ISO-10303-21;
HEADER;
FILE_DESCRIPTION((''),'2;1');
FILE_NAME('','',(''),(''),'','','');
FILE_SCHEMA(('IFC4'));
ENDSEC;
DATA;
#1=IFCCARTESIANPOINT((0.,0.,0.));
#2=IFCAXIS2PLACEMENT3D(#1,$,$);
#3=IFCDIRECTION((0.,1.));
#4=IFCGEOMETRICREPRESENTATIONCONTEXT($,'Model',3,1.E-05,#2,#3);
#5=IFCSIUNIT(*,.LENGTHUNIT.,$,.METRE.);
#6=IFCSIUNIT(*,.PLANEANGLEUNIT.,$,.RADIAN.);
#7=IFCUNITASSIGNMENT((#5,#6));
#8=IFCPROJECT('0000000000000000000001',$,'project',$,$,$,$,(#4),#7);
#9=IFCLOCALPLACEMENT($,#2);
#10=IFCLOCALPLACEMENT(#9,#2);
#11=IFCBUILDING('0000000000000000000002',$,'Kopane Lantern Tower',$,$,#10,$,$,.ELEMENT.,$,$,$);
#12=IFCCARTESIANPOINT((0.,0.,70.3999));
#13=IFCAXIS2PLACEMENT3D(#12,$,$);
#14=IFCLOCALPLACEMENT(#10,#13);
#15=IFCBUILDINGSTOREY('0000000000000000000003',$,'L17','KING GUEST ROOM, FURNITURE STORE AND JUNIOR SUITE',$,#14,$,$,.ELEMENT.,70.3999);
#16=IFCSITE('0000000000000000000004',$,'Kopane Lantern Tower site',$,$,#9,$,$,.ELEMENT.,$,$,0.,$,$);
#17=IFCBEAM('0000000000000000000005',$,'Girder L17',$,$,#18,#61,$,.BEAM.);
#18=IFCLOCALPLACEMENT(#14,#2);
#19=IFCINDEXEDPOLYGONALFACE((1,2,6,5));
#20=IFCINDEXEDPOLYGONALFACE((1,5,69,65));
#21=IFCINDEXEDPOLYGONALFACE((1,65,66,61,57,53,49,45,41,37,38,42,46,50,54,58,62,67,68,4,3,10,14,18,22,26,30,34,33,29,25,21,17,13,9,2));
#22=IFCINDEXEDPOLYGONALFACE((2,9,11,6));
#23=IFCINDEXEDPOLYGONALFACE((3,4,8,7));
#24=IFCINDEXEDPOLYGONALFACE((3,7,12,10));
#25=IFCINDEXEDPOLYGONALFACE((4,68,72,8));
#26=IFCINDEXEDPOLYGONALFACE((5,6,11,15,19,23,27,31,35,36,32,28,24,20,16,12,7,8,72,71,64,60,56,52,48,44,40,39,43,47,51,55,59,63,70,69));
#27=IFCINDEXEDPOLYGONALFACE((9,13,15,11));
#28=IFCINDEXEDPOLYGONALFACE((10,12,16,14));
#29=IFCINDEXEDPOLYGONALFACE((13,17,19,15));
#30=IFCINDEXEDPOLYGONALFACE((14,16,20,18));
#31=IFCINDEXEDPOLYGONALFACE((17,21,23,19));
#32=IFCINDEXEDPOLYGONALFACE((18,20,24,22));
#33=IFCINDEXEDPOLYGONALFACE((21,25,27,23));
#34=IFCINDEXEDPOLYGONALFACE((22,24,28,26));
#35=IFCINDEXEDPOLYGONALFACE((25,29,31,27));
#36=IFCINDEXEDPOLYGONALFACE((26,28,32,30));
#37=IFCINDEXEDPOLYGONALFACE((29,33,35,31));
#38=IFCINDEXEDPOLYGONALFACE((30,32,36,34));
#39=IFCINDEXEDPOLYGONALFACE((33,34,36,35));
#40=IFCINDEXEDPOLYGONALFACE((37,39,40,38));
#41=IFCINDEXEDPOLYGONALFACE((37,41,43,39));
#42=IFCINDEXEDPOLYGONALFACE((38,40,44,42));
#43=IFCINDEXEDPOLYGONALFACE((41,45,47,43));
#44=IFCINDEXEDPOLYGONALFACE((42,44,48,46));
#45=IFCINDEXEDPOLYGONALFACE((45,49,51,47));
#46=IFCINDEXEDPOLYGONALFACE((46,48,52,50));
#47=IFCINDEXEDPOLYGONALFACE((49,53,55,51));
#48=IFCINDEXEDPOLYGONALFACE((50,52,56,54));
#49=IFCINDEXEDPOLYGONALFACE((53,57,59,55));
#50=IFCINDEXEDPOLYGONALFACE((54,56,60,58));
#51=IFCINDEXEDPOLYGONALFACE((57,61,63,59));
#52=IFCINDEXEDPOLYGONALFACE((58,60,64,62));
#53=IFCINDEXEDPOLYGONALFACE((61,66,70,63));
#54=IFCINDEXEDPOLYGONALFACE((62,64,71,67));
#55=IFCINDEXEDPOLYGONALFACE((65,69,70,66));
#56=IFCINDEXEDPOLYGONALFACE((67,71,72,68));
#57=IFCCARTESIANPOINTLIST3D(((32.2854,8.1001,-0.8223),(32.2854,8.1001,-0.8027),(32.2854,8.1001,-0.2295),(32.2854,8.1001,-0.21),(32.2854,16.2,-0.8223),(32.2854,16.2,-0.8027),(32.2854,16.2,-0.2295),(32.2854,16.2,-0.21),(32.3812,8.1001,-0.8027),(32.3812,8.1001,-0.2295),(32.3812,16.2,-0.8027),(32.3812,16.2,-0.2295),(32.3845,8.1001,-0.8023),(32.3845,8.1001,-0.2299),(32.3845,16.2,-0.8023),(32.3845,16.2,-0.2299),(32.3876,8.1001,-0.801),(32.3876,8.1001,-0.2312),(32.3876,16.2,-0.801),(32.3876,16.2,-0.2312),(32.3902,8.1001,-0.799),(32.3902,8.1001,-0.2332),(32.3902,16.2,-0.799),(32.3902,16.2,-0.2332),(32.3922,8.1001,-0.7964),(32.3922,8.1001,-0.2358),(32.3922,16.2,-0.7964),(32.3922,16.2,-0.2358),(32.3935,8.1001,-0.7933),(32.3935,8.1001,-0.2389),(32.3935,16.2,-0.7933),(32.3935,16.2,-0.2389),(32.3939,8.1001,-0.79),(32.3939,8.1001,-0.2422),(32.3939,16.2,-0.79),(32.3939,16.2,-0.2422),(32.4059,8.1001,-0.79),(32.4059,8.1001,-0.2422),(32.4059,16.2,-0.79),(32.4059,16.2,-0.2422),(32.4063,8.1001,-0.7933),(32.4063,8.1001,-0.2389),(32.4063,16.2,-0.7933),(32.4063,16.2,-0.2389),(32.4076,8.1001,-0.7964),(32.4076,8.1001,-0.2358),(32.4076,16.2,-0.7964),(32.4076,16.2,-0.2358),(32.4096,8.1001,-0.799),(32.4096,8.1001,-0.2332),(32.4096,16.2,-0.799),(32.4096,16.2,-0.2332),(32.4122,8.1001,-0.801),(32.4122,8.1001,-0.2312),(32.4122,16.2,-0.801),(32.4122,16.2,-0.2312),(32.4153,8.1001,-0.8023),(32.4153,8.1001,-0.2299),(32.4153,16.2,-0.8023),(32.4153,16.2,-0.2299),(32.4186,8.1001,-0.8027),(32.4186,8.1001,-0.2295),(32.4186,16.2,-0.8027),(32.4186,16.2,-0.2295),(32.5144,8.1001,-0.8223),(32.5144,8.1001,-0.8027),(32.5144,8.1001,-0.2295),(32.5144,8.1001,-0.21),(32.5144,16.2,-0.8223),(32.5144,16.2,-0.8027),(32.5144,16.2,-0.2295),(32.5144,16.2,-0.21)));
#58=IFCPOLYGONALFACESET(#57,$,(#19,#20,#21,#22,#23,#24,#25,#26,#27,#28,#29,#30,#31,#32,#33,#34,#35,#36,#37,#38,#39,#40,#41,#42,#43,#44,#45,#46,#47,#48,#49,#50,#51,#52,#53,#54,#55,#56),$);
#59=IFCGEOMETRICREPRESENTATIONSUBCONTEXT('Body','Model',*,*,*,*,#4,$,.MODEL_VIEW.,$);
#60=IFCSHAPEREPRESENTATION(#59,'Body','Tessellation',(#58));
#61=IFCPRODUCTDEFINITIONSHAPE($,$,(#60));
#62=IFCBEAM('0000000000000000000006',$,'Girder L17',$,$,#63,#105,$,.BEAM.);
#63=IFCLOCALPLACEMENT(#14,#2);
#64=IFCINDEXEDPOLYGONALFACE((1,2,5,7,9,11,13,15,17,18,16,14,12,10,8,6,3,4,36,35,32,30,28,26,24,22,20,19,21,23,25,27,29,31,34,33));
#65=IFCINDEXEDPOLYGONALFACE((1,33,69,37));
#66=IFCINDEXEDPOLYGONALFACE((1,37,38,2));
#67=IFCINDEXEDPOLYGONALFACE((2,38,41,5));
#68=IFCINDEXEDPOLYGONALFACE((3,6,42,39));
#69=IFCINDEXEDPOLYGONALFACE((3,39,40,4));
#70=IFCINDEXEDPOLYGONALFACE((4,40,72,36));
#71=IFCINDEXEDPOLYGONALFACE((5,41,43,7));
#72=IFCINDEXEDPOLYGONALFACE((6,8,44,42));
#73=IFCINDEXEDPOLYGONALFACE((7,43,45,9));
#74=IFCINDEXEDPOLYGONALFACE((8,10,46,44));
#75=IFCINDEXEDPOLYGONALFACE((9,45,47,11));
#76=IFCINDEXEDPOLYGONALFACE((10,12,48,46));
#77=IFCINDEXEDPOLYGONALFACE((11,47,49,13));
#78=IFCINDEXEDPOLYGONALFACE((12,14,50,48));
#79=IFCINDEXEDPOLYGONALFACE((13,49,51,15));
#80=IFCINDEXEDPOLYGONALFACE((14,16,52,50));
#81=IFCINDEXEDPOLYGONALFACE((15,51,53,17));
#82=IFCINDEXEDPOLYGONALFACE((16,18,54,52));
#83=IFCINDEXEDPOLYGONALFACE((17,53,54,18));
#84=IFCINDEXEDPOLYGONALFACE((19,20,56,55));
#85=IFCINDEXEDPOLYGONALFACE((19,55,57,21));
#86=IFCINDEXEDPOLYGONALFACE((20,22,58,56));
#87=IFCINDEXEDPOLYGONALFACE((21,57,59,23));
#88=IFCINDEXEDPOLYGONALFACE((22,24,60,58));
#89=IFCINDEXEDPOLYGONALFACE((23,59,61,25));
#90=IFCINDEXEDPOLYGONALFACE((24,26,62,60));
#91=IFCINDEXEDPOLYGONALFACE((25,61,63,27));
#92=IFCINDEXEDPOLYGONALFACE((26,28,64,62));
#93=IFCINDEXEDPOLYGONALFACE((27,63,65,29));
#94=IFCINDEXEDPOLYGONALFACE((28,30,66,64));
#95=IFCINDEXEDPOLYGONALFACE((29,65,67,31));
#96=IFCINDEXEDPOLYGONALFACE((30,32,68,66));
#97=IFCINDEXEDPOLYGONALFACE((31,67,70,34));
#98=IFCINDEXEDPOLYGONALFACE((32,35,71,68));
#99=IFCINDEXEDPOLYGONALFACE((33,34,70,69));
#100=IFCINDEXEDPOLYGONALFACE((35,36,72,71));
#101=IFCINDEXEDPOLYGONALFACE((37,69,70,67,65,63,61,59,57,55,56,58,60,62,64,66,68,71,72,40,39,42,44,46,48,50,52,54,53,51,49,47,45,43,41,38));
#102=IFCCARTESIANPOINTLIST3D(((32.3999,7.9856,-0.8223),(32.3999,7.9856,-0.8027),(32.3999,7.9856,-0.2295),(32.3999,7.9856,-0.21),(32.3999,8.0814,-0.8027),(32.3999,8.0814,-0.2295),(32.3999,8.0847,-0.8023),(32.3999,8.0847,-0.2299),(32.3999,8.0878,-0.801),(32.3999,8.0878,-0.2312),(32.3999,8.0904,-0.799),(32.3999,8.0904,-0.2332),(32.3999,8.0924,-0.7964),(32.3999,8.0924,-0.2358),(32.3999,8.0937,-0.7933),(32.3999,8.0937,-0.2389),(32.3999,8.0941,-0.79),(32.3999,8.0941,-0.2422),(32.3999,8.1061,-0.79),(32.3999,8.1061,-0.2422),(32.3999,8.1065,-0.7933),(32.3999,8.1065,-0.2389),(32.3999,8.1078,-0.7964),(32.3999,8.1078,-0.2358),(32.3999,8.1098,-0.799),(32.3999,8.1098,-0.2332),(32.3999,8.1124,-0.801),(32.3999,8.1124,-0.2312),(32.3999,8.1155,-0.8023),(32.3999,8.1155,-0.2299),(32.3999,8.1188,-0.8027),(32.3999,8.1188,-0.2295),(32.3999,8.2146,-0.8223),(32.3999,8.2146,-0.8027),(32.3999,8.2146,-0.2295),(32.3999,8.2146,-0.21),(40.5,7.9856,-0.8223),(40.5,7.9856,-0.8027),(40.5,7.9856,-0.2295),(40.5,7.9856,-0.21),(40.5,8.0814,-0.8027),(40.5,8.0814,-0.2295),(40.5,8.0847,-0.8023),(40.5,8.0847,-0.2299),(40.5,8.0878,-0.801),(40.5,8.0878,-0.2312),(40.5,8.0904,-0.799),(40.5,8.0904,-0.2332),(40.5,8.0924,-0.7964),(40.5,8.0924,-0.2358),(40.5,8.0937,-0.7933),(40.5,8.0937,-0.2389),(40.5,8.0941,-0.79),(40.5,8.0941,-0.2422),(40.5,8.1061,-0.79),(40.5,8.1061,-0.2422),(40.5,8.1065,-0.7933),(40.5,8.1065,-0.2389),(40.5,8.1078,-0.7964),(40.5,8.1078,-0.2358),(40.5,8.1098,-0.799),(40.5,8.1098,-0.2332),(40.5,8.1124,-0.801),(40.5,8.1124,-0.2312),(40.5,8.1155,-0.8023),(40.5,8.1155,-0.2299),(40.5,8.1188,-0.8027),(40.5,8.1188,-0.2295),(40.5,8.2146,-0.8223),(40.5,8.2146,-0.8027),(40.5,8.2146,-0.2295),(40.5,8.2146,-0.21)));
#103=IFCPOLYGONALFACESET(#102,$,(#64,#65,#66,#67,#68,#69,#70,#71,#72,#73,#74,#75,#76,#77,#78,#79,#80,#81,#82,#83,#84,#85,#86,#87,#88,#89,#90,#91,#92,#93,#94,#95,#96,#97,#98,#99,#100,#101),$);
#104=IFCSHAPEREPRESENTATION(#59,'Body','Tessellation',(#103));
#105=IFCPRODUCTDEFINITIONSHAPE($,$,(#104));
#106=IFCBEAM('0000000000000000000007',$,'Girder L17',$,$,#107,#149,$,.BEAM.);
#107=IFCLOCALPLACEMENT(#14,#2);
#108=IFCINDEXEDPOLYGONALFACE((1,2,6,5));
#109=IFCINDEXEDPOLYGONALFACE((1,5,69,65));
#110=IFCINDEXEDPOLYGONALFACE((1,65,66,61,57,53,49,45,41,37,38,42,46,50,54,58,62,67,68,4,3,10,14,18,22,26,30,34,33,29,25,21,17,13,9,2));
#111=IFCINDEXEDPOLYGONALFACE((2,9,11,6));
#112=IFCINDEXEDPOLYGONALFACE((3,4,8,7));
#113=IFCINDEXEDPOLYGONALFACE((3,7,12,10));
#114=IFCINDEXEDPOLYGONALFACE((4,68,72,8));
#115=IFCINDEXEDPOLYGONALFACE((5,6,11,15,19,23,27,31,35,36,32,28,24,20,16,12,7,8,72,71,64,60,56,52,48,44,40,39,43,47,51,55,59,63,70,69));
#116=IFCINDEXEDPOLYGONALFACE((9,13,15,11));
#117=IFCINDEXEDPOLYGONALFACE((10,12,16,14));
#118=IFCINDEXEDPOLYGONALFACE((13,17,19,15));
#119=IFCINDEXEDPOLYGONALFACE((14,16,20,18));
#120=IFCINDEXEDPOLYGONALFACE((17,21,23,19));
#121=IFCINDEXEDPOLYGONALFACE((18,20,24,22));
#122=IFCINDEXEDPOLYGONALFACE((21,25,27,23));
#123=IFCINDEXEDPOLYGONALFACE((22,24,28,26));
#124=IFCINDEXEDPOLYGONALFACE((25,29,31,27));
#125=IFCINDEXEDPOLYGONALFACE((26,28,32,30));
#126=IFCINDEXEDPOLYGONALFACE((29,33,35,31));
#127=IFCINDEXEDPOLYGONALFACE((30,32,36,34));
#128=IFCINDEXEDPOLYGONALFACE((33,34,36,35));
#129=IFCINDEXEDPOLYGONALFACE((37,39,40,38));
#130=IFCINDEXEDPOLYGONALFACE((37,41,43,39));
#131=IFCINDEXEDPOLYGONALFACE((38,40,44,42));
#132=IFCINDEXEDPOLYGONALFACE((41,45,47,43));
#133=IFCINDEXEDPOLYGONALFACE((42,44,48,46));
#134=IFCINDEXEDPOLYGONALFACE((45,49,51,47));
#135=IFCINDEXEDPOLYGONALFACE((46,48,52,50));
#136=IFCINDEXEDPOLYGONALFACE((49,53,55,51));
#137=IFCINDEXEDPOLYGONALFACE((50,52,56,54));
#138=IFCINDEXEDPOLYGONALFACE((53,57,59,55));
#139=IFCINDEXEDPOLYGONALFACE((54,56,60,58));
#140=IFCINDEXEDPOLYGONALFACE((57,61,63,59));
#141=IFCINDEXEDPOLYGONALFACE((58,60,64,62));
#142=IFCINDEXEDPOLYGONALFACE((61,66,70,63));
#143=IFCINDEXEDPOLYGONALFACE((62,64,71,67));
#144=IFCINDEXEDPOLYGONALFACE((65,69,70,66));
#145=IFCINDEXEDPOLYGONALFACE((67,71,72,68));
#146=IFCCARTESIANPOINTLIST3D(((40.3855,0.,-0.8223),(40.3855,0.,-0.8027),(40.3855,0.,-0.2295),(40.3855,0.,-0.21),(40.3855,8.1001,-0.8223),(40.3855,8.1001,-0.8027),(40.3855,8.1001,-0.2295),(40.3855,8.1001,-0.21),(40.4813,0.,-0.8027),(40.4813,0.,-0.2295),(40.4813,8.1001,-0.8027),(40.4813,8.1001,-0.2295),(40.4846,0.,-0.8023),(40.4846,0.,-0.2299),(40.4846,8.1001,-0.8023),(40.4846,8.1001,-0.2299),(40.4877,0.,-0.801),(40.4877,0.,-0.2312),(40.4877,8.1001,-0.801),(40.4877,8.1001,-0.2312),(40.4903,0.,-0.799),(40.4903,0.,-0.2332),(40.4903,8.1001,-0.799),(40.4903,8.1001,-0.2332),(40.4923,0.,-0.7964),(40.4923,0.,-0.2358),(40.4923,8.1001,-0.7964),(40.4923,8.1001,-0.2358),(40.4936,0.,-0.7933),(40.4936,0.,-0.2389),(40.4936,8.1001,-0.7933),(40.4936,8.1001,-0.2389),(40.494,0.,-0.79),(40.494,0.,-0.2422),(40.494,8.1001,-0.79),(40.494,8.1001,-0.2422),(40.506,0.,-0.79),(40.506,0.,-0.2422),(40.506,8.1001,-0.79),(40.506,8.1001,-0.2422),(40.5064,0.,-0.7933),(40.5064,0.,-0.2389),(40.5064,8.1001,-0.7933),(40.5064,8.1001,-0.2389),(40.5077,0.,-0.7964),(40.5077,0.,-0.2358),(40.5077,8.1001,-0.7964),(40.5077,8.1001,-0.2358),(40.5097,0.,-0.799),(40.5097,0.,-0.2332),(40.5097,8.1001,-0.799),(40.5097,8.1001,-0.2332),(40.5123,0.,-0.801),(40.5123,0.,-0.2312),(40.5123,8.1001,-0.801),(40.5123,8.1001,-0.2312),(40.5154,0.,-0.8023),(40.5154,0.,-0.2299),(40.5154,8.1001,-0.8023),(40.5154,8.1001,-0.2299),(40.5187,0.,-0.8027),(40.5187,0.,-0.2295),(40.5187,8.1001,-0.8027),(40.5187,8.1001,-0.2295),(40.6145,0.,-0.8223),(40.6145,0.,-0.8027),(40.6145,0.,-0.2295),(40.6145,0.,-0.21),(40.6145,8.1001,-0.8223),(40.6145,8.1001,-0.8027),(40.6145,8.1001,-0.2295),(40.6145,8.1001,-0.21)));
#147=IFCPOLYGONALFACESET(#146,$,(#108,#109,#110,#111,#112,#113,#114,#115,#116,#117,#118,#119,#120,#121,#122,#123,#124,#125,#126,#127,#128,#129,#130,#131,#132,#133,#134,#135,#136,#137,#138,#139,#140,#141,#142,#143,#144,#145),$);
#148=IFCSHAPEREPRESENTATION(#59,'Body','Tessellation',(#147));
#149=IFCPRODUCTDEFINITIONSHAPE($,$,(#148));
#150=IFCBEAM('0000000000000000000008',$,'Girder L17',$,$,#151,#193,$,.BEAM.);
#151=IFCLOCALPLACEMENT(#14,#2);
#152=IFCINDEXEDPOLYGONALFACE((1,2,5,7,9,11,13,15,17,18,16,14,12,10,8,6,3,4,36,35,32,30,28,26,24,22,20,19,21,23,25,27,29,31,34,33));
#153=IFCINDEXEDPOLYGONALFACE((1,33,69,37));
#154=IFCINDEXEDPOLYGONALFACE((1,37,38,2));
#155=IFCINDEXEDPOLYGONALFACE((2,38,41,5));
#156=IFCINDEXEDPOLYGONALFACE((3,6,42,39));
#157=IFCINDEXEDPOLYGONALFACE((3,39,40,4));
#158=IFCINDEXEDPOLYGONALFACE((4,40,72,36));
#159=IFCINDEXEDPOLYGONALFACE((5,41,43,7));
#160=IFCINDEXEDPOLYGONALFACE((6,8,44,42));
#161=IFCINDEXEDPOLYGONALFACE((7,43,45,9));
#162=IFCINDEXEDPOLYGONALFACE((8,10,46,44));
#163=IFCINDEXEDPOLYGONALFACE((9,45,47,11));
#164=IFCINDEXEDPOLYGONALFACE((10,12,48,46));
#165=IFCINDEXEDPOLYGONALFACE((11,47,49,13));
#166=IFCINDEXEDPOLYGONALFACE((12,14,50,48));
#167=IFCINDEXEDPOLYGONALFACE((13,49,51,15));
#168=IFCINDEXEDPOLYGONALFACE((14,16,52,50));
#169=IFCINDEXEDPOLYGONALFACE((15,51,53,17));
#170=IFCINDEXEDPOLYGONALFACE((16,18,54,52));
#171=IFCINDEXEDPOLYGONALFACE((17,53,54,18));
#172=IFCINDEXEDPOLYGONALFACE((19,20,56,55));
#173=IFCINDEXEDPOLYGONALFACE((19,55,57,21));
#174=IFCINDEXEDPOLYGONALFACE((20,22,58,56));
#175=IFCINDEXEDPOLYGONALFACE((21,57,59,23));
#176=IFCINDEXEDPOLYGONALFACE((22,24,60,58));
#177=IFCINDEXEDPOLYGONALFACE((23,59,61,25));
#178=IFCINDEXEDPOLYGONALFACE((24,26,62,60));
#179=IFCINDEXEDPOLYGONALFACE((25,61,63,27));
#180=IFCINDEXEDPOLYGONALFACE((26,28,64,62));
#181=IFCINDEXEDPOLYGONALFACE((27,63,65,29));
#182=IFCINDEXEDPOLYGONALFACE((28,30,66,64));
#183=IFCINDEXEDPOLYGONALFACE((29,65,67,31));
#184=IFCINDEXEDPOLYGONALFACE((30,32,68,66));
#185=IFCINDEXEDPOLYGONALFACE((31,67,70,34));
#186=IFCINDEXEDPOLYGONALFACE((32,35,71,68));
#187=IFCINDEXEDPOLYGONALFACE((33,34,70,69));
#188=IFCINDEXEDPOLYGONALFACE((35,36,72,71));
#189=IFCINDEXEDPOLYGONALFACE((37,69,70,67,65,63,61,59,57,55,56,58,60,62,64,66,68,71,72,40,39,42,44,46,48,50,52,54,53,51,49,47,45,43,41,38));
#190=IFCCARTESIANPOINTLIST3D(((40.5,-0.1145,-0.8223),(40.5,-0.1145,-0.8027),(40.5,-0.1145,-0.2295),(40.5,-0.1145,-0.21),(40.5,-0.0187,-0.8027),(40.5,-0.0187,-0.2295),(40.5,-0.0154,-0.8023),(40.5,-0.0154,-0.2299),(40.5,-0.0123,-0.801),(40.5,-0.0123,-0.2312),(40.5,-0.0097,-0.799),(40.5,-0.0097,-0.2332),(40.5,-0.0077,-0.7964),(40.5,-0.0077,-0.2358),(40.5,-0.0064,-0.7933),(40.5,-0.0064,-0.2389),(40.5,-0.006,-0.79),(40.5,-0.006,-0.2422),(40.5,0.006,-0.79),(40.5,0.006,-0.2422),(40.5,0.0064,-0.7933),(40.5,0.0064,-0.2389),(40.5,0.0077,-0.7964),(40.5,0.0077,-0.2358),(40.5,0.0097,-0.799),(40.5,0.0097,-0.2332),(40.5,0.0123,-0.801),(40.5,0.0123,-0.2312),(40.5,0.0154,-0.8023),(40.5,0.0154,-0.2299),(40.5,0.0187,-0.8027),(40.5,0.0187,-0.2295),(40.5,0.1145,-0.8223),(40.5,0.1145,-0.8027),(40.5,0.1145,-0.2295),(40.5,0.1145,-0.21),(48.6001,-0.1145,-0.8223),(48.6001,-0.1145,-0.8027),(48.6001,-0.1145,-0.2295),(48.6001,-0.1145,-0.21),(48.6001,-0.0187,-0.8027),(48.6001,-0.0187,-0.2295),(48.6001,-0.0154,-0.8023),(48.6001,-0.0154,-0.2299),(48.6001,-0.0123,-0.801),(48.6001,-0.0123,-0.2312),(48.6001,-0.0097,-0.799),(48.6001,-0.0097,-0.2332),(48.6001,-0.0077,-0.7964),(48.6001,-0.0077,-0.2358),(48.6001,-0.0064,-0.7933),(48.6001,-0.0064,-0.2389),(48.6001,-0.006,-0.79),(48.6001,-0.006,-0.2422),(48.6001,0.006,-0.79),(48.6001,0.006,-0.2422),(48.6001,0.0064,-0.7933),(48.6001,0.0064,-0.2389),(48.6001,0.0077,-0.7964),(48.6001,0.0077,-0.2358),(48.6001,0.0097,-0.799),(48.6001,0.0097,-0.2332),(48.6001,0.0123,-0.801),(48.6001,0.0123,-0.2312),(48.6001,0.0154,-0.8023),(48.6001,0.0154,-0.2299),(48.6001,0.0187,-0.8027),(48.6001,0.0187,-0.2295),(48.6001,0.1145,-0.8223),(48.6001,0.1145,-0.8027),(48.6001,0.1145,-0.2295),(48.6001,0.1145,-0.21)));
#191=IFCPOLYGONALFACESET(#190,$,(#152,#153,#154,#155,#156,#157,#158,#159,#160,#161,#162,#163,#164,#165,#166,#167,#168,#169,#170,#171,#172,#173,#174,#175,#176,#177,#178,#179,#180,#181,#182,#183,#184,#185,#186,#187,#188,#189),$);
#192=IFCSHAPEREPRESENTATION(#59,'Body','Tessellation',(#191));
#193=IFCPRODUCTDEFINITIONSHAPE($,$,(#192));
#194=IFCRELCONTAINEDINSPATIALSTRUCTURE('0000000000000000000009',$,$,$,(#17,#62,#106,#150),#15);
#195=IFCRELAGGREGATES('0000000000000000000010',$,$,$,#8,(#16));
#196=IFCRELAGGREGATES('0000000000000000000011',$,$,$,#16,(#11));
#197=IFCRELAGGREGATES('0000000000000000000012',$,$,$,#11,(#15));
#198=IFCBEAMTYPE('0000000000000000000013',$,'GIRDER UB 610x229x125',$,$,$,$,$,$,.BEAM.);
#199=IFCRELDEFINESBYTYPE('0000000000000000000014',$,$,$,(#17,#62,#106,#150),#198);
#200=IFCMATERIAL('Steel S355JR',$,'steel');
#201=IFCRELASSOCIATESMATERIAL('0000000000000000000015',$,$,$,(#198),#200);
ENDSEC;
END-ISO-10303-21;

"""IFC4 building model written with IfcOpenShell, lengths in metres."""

from ifc_helpers import new_model, si_unit, direction, frame, origin, origin_2d, place, context, subcontext, project, spatial, i_section, extrude, material, material_profile, profile_set, type_object, element, save


model = new_model("IFC4")

# Units and contexts
model_context = context("Model", 3, precision=1e-05, world=origin(), true_north=direction((0.0, 1.0)))
body_context = subcontext(model_context, "Body", "Model", "MODEL_VIEW")
ifc_project = project(units=[si_unit("LENGTHUNIT", "METRE"), si_unit("PLANEANGLEUNIT", "RADIAN")], contexts=[model_context])

# Site, building, storey
site_placement = place(None, origin())
site = spatial("IfcSite", under=ifc_project, at=site_placement, Name="Kopane Lantern Tower site", CompositionType="ELEMENT", RefElevation=0.0)
building_placement = place(site_placement, origin())
building = spatial("IfcBuilding", under=site, at=building_placement, Name="Kopane Lantern Tower", CompositionType="ELEMENT")
storey_placement = place(building_placement, frame((0.0, 0.0, 70.3999)))
storey = spatial("IfcBuildingStorey", under=building, at=storey_placement, Name="L17", Description="KING GUEST ROOM, FURNITURE STORE AND JUNIOR SUITE", CompositionType="ELEMENT", Elevation=70.3999)

# Beams
ifc_material_1 = material(Name="Steel S355JR", Category="steel")
ifc_material_profile_1 = material_profile(ifc_material_1, i_section(OverallWidth=0.229, OverallDepth=0.6123, WebThickness=0.012, FlangeThickness=0.0195, FilletRadius=0.0127, at=origin_2d()), Name="UB 610x229x125")
ifc_profile_set_1 = profile_set([ifc_material_profile_1], Name="Steel S355JR")
beam_type = type_object("IfcBeamType", Name="GIRDER UB 610x229x125", PredefinedType="BEAM", material=ifc_profile_set_1)
beam_1_placement = place(storey_placement, frame((32.3999, 8.1001, -0.5161), z_axis=(0.0, 1.0, 0.0), x_axis=(-1.0, 0.0, 0.0)))
element("IfcBeam", 1, at=beam_1_placement, inside=storey, type_object=beam_type, Name="Girder L17", PredefinedType="BEAM", context=body_context, shape_type="SweptSolid", body=[
    extrude(i_section(OverallWidth=0.229, OverallDepth=0.6123, WebThickness=0.012, FlangeThickness=0.0195, FilletRadius=0.0127, at=origin_2d()), origin(), (0.0, 0.0, 1.0), 8.0999),
])
for number, where, z_axis, x_axis, name in (
    (2, (32.3999, 8.1001, -0.5161), (1.0, 0.0, 0.0), (0.0, 1.0, 0.0), "Girder L17"),
    (3, (40.5, 0.0, -0.5161), (0.0, 1.0, 0.0), (-1.0, 0.0, 0.0), "Girder L17"),
    (4, (40.5, 0.0, -0.5161), (1.0, 0.0, 0.0), (0.0, 1.0, 0.0), "Girder L17"),
):
    element("IfcBeam", number, at=place(storey_placement, frame(where, z_axis=z_axis, x_axis=x_axis)), inside=storey, type_object=beam_type, Name=name, PredefinedType="BEAM", context=body_context, shape_type="SweptSolid", body=[
        extrude(i_section(OverallWidth=0.229, OverallDepth=0.6123, WebThickness=0.012, FlangeThickness=0.0195, FilletRadius=0.0127, at=origin_2d()), origin(), (0.0, 0.0, 1.0), 8.1001),
    ])

save(model, "model.ifc")
